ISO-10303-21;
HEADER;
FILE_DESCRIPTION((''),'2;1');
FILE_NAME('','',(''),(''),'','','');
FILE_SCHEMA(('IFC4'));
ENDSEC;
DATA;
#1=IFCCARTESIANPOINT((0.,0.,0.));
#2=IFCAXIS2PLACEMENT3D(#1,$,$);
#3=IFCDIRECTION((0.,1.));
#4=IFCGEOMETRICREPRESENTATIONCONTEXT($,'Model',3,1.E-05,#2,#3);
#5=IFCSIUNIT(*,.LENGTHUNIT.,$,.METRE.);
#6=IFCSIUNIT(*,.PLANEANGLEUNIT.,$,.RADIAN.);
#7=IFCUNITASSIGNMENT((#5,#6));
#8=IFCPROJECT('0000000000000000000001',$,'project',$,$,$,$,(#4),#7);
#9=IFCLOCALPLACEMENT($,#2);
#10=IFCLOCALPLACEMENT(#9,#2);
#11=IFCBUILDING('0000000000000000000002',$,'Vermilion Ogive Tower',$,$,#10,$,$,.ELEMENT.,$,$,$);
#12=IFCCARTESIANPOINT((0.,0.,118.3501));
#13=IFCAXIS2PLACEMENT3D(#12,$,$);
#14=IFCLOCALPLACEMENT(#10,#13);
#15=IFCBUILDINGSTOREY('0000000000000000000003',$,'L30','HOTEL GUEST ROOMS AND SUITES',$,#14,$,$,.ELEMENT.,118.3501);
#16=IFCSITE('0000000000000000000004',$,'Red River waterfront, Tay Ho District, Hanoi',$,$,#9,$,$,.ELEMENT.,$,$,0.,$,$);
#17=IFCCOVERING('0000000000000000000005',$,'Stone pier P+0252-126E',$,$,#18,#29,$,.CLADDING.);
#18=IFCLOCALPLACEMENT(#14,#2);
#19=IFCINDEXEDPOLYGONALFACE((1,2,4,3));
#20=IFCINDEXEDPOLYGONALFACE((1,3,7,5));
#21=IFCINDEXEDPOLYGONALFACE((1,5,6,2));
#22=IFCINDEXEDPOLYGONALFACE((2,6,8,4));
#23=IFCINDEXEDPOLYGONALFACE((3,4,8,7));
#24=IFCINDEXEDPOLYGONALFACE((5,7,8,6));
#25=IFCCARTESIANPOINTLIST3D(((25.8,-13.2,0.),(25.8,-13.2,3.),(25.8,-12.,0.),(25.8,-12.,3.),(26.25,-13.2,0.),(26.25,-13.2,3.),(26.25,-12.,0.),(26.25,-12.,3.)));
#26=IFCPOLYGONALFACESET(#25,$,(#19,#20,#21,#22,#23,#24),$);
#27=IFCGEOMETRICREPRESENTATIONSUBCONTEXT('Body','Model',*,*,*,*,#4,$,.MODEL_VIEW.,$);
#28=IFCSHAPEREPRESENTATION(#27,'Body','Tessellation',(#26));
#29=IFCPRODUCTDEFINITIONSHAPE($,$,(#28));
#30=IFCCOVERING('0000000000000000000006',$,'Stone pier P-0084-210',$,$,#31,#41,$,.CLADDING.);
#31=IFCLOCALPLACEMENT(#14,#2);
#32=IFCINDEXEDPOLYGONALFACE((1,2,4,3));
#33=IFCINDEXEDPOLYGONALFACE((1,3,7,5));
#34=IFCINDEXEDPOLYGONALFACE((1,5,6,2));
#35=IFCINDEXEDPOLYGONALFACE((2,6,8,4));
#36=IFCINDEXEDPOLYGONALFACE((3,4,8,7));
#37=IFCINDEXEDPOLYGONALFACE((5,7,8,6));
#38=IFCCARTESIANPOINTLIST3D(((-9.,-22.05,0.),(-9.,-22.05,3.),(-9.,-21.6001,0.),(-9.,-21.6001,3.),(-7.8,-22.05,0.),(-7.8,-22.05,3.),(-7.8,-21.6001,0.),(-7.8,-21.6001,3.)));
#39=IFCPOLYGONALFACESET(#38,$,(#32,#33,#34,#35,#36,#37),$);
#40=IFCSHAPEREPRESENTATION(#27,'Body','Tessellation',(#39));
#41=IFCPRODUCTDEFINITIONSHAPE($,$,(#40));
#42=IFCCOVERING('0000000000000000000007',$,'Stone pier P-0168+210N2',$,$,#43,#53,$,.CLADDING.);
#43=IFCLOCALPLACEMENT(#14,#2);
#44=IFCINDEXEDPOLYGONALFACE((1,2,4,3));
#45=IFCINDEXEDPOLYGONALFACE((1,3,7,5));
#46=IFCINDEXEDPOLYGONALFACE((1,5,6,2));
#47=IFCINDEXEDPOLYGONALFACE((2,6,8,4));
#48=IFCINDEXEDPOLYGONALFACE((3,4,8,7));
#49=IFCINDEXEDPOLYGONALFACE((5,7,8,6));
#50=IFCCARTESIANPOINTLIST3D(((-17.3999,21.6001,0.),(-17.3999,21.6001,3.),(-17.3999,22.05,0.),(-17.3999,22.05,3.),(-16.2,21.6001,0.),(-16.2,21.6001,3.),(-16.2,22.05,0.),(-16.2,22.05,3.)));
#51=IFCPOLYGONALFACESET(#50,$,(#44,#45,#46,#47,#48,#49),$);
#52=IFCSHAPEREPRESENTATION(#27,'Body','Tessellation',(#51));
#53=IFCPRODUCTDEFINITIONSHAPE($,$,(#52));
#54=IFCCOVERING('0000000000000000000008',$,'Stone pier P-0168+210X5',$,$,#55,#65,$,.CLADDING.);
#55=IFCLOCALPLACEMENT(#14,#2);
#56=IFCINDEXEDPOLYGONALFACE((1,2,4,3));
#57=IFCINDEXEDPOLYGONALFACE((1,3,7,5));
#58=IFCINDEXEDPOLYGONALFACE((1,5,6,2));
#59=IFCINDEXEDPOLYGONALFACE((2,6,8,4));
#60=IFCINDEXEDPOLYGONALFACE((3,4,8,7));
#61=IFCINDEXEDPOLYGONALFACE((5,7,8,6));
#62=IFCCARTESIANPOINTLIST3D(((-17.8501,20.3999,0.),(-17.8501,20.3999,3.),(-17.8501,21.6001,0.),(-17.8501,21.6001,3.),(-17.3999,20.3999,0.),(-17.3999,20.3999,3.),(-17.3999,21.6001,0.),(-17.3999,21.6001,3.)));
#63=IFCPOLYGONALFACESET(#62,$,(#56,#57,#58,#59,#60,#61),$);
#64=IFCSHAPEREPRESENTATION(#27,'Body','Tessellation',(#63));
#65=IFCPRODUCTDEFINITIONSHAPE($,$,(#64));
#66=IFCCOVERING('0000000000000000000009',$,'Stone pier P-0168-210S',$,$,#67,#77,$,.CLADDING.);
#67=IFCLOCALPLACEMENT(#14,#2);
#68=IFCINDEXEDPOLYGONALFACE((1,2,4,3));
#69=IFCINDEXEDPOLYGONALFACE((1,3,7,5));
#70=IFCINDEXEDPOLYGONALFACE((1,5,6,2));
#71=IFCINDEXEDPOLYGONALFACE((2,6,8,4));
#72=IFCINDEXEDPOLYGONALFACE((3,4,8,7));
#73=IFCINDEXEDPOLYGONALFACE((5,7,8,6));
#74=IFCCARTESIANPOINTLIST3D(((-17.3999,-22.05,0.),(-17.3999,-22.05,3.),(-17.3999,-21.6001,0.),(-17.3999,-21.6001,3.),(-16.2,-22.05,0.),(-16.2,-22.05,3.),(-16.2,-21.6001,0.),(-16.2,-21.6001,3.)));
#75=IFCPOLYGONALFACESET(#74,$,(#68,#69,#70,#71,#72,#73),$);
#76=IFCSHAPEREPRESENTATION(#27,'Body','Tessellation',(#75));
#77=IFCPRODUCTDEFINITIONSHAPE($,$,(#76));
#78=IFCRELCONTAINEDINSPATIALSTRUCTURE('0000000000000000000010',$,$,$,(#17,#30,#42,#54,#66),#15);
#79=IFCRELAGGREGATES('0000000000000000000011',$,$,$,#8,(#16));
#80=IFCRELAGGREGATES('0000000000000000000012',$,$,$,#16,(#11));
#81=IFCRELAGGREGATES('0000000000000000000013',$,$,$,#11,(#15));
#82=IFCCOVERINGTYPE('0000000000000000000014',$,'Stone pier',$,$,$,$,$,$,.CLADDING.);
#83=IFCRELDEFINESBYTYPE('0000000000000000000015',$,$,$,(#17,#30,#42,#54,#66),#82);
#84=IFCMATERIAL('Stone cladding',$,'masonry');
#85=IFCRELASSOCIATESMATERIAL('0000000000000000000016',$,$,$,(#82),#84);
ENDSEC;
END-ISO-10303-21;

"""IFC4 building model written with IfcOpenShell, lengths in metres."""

from ifc_helpers import new_model, si_unit, direction, frame, origin, place, context, subcontext, project, spatial, polyline, outline, extrude, material, type_object, element, save


model = new_model("IFC4")

# Units and contexts
model_context = context("Model", 3, precision=1e-05, world=origin(), true_north=direction((0.0, 1.0)))
body_context = subcontext(model_context, "Body", "Model", "MODEL_VIEW")
ifc_project = project(units=[si_unit("LENGTHUNIT", "METRE"), si_unit("PLANEANGLEUNIT", "RADIAN")], contexts=[model_context])

# Site, building, storey
site_placement = place(None, origin())
site = spatial("IfcSite", under=ifc_project, at=site_placement, Name="Red River waterfront, Tay Ho District, Hanoi", CompositionType="ELEMENT", RefElevation=0.0)
building_placement = place(site_placement, origin())
building = spatial("IfcBuilding", under=site, at=building_placement, Name="Vermilion Ogive Tower", CompositionType="ELEMENT")
storey_placement = place(building_placement, frame((0.0, 0.0, 118.3501)))
storey = spatial("IfcBuildingStorey", under=building, at=storey_placement, Name="L30", Description="HOTEL GUEST ROOMS AND SUITES", CompositionType="ELEMENT", Elevation=118.3501)

# Coverings
ifc_material_1 = material(Name="Stone cladding", Category="masonry")
covering_type = type_object("IfcCoveringType", Name="Stone pier", PredefinedType="CLADDING", material=ifc_material_1)
covering_1_placement = place(storey_placement, origin())
element("IfcCovering", 1, at=covering_1_placement, inside=storey, type_object=covering_type, Name="Stone pier P+0252-126E", PredefinedType="CLADDING", context=body_context, shape_type="SweptSolid", body=[
    extrude(outline(polyline([(26.25, -13.2), (25.8, -13.2), (25.8, -12.0), (26.25, -12.0), (26.25, -13.2)])), origin(), (0.0, 0.0, 1.0), 3.0),
])
covering_2_placement = place(storey_placement, origin())
element("IfcCovering", 2, at=covering_2_placement, inside=storey, type_object=covering_type, Name="Stone pier P-0084-210", PredefinedType="CLADDING", context=body_context, shape_type="SweptSolid", body=[
    extrude(outline(polyline([(-7.8, -22.05), (-9.0, -22.05), (-9.0, -21.6001), (-7.8, -21.6001), (-7.8, -22.05)])), origin(), (0.0, 0.0, 1.0), 3.0),
])
covering_3_placement = place(storey_placement, origin())
element("IfcCovering", 3, at=covering_3_placement, inside=storey, type_object=covering_type, Name="Stone pier P-0168+210N2", PredefinedType="CLADDING", context=body_context, shape_type="SweptSolid", body=[
    extrude(outline(polyline([(-17.3999, 22.05), (-16.2, 22.05), (-16.2, 21.6001), (-17.3999, 21.6001), (-17.3999, 22.05)])), origin(), (0.0, 0.0, 1.0), 3.0),
])
covering_4_placement = place(storey_placement, origin())
element("IfcCovering", 4, at=covering_4_placement, inside=storey, type_object=covering_type, Name="Stone pier P-0168+210X5", PredefinedType="CLADDING", context=body_context, shape_type="SweptSolid", body=[
    extrude(outline(polyline([(-17.8501, 21.6001), (-17.3999, 21.6001), (-17.3999, 20.3999), (-17.8501, 20.3999), (-17.8501, 21.6001)])), origin(), (0.0, 0.0, 1.0), 3.0),
])
covering_5_placement = place(storey_placement, origin())
element("IfcCovering", 5, at=covering_5_placement, inside=storey, type_object=covering_type, Name="Stone pier P-0168-210S", PredefinedType="CLADDING", context=body_context, shape_type="SweptSolid", body=[
    extrude(outline(polyline([(-16.2, -22.05), (-17.3999, -22.05), (-17.3999, -21.6001), (-16.2, -21.6001), (-16.2, -22.05)])), origin(), (0.0, 0.0, 1.0), 3.0),
])

save(model, "model.ifc")
